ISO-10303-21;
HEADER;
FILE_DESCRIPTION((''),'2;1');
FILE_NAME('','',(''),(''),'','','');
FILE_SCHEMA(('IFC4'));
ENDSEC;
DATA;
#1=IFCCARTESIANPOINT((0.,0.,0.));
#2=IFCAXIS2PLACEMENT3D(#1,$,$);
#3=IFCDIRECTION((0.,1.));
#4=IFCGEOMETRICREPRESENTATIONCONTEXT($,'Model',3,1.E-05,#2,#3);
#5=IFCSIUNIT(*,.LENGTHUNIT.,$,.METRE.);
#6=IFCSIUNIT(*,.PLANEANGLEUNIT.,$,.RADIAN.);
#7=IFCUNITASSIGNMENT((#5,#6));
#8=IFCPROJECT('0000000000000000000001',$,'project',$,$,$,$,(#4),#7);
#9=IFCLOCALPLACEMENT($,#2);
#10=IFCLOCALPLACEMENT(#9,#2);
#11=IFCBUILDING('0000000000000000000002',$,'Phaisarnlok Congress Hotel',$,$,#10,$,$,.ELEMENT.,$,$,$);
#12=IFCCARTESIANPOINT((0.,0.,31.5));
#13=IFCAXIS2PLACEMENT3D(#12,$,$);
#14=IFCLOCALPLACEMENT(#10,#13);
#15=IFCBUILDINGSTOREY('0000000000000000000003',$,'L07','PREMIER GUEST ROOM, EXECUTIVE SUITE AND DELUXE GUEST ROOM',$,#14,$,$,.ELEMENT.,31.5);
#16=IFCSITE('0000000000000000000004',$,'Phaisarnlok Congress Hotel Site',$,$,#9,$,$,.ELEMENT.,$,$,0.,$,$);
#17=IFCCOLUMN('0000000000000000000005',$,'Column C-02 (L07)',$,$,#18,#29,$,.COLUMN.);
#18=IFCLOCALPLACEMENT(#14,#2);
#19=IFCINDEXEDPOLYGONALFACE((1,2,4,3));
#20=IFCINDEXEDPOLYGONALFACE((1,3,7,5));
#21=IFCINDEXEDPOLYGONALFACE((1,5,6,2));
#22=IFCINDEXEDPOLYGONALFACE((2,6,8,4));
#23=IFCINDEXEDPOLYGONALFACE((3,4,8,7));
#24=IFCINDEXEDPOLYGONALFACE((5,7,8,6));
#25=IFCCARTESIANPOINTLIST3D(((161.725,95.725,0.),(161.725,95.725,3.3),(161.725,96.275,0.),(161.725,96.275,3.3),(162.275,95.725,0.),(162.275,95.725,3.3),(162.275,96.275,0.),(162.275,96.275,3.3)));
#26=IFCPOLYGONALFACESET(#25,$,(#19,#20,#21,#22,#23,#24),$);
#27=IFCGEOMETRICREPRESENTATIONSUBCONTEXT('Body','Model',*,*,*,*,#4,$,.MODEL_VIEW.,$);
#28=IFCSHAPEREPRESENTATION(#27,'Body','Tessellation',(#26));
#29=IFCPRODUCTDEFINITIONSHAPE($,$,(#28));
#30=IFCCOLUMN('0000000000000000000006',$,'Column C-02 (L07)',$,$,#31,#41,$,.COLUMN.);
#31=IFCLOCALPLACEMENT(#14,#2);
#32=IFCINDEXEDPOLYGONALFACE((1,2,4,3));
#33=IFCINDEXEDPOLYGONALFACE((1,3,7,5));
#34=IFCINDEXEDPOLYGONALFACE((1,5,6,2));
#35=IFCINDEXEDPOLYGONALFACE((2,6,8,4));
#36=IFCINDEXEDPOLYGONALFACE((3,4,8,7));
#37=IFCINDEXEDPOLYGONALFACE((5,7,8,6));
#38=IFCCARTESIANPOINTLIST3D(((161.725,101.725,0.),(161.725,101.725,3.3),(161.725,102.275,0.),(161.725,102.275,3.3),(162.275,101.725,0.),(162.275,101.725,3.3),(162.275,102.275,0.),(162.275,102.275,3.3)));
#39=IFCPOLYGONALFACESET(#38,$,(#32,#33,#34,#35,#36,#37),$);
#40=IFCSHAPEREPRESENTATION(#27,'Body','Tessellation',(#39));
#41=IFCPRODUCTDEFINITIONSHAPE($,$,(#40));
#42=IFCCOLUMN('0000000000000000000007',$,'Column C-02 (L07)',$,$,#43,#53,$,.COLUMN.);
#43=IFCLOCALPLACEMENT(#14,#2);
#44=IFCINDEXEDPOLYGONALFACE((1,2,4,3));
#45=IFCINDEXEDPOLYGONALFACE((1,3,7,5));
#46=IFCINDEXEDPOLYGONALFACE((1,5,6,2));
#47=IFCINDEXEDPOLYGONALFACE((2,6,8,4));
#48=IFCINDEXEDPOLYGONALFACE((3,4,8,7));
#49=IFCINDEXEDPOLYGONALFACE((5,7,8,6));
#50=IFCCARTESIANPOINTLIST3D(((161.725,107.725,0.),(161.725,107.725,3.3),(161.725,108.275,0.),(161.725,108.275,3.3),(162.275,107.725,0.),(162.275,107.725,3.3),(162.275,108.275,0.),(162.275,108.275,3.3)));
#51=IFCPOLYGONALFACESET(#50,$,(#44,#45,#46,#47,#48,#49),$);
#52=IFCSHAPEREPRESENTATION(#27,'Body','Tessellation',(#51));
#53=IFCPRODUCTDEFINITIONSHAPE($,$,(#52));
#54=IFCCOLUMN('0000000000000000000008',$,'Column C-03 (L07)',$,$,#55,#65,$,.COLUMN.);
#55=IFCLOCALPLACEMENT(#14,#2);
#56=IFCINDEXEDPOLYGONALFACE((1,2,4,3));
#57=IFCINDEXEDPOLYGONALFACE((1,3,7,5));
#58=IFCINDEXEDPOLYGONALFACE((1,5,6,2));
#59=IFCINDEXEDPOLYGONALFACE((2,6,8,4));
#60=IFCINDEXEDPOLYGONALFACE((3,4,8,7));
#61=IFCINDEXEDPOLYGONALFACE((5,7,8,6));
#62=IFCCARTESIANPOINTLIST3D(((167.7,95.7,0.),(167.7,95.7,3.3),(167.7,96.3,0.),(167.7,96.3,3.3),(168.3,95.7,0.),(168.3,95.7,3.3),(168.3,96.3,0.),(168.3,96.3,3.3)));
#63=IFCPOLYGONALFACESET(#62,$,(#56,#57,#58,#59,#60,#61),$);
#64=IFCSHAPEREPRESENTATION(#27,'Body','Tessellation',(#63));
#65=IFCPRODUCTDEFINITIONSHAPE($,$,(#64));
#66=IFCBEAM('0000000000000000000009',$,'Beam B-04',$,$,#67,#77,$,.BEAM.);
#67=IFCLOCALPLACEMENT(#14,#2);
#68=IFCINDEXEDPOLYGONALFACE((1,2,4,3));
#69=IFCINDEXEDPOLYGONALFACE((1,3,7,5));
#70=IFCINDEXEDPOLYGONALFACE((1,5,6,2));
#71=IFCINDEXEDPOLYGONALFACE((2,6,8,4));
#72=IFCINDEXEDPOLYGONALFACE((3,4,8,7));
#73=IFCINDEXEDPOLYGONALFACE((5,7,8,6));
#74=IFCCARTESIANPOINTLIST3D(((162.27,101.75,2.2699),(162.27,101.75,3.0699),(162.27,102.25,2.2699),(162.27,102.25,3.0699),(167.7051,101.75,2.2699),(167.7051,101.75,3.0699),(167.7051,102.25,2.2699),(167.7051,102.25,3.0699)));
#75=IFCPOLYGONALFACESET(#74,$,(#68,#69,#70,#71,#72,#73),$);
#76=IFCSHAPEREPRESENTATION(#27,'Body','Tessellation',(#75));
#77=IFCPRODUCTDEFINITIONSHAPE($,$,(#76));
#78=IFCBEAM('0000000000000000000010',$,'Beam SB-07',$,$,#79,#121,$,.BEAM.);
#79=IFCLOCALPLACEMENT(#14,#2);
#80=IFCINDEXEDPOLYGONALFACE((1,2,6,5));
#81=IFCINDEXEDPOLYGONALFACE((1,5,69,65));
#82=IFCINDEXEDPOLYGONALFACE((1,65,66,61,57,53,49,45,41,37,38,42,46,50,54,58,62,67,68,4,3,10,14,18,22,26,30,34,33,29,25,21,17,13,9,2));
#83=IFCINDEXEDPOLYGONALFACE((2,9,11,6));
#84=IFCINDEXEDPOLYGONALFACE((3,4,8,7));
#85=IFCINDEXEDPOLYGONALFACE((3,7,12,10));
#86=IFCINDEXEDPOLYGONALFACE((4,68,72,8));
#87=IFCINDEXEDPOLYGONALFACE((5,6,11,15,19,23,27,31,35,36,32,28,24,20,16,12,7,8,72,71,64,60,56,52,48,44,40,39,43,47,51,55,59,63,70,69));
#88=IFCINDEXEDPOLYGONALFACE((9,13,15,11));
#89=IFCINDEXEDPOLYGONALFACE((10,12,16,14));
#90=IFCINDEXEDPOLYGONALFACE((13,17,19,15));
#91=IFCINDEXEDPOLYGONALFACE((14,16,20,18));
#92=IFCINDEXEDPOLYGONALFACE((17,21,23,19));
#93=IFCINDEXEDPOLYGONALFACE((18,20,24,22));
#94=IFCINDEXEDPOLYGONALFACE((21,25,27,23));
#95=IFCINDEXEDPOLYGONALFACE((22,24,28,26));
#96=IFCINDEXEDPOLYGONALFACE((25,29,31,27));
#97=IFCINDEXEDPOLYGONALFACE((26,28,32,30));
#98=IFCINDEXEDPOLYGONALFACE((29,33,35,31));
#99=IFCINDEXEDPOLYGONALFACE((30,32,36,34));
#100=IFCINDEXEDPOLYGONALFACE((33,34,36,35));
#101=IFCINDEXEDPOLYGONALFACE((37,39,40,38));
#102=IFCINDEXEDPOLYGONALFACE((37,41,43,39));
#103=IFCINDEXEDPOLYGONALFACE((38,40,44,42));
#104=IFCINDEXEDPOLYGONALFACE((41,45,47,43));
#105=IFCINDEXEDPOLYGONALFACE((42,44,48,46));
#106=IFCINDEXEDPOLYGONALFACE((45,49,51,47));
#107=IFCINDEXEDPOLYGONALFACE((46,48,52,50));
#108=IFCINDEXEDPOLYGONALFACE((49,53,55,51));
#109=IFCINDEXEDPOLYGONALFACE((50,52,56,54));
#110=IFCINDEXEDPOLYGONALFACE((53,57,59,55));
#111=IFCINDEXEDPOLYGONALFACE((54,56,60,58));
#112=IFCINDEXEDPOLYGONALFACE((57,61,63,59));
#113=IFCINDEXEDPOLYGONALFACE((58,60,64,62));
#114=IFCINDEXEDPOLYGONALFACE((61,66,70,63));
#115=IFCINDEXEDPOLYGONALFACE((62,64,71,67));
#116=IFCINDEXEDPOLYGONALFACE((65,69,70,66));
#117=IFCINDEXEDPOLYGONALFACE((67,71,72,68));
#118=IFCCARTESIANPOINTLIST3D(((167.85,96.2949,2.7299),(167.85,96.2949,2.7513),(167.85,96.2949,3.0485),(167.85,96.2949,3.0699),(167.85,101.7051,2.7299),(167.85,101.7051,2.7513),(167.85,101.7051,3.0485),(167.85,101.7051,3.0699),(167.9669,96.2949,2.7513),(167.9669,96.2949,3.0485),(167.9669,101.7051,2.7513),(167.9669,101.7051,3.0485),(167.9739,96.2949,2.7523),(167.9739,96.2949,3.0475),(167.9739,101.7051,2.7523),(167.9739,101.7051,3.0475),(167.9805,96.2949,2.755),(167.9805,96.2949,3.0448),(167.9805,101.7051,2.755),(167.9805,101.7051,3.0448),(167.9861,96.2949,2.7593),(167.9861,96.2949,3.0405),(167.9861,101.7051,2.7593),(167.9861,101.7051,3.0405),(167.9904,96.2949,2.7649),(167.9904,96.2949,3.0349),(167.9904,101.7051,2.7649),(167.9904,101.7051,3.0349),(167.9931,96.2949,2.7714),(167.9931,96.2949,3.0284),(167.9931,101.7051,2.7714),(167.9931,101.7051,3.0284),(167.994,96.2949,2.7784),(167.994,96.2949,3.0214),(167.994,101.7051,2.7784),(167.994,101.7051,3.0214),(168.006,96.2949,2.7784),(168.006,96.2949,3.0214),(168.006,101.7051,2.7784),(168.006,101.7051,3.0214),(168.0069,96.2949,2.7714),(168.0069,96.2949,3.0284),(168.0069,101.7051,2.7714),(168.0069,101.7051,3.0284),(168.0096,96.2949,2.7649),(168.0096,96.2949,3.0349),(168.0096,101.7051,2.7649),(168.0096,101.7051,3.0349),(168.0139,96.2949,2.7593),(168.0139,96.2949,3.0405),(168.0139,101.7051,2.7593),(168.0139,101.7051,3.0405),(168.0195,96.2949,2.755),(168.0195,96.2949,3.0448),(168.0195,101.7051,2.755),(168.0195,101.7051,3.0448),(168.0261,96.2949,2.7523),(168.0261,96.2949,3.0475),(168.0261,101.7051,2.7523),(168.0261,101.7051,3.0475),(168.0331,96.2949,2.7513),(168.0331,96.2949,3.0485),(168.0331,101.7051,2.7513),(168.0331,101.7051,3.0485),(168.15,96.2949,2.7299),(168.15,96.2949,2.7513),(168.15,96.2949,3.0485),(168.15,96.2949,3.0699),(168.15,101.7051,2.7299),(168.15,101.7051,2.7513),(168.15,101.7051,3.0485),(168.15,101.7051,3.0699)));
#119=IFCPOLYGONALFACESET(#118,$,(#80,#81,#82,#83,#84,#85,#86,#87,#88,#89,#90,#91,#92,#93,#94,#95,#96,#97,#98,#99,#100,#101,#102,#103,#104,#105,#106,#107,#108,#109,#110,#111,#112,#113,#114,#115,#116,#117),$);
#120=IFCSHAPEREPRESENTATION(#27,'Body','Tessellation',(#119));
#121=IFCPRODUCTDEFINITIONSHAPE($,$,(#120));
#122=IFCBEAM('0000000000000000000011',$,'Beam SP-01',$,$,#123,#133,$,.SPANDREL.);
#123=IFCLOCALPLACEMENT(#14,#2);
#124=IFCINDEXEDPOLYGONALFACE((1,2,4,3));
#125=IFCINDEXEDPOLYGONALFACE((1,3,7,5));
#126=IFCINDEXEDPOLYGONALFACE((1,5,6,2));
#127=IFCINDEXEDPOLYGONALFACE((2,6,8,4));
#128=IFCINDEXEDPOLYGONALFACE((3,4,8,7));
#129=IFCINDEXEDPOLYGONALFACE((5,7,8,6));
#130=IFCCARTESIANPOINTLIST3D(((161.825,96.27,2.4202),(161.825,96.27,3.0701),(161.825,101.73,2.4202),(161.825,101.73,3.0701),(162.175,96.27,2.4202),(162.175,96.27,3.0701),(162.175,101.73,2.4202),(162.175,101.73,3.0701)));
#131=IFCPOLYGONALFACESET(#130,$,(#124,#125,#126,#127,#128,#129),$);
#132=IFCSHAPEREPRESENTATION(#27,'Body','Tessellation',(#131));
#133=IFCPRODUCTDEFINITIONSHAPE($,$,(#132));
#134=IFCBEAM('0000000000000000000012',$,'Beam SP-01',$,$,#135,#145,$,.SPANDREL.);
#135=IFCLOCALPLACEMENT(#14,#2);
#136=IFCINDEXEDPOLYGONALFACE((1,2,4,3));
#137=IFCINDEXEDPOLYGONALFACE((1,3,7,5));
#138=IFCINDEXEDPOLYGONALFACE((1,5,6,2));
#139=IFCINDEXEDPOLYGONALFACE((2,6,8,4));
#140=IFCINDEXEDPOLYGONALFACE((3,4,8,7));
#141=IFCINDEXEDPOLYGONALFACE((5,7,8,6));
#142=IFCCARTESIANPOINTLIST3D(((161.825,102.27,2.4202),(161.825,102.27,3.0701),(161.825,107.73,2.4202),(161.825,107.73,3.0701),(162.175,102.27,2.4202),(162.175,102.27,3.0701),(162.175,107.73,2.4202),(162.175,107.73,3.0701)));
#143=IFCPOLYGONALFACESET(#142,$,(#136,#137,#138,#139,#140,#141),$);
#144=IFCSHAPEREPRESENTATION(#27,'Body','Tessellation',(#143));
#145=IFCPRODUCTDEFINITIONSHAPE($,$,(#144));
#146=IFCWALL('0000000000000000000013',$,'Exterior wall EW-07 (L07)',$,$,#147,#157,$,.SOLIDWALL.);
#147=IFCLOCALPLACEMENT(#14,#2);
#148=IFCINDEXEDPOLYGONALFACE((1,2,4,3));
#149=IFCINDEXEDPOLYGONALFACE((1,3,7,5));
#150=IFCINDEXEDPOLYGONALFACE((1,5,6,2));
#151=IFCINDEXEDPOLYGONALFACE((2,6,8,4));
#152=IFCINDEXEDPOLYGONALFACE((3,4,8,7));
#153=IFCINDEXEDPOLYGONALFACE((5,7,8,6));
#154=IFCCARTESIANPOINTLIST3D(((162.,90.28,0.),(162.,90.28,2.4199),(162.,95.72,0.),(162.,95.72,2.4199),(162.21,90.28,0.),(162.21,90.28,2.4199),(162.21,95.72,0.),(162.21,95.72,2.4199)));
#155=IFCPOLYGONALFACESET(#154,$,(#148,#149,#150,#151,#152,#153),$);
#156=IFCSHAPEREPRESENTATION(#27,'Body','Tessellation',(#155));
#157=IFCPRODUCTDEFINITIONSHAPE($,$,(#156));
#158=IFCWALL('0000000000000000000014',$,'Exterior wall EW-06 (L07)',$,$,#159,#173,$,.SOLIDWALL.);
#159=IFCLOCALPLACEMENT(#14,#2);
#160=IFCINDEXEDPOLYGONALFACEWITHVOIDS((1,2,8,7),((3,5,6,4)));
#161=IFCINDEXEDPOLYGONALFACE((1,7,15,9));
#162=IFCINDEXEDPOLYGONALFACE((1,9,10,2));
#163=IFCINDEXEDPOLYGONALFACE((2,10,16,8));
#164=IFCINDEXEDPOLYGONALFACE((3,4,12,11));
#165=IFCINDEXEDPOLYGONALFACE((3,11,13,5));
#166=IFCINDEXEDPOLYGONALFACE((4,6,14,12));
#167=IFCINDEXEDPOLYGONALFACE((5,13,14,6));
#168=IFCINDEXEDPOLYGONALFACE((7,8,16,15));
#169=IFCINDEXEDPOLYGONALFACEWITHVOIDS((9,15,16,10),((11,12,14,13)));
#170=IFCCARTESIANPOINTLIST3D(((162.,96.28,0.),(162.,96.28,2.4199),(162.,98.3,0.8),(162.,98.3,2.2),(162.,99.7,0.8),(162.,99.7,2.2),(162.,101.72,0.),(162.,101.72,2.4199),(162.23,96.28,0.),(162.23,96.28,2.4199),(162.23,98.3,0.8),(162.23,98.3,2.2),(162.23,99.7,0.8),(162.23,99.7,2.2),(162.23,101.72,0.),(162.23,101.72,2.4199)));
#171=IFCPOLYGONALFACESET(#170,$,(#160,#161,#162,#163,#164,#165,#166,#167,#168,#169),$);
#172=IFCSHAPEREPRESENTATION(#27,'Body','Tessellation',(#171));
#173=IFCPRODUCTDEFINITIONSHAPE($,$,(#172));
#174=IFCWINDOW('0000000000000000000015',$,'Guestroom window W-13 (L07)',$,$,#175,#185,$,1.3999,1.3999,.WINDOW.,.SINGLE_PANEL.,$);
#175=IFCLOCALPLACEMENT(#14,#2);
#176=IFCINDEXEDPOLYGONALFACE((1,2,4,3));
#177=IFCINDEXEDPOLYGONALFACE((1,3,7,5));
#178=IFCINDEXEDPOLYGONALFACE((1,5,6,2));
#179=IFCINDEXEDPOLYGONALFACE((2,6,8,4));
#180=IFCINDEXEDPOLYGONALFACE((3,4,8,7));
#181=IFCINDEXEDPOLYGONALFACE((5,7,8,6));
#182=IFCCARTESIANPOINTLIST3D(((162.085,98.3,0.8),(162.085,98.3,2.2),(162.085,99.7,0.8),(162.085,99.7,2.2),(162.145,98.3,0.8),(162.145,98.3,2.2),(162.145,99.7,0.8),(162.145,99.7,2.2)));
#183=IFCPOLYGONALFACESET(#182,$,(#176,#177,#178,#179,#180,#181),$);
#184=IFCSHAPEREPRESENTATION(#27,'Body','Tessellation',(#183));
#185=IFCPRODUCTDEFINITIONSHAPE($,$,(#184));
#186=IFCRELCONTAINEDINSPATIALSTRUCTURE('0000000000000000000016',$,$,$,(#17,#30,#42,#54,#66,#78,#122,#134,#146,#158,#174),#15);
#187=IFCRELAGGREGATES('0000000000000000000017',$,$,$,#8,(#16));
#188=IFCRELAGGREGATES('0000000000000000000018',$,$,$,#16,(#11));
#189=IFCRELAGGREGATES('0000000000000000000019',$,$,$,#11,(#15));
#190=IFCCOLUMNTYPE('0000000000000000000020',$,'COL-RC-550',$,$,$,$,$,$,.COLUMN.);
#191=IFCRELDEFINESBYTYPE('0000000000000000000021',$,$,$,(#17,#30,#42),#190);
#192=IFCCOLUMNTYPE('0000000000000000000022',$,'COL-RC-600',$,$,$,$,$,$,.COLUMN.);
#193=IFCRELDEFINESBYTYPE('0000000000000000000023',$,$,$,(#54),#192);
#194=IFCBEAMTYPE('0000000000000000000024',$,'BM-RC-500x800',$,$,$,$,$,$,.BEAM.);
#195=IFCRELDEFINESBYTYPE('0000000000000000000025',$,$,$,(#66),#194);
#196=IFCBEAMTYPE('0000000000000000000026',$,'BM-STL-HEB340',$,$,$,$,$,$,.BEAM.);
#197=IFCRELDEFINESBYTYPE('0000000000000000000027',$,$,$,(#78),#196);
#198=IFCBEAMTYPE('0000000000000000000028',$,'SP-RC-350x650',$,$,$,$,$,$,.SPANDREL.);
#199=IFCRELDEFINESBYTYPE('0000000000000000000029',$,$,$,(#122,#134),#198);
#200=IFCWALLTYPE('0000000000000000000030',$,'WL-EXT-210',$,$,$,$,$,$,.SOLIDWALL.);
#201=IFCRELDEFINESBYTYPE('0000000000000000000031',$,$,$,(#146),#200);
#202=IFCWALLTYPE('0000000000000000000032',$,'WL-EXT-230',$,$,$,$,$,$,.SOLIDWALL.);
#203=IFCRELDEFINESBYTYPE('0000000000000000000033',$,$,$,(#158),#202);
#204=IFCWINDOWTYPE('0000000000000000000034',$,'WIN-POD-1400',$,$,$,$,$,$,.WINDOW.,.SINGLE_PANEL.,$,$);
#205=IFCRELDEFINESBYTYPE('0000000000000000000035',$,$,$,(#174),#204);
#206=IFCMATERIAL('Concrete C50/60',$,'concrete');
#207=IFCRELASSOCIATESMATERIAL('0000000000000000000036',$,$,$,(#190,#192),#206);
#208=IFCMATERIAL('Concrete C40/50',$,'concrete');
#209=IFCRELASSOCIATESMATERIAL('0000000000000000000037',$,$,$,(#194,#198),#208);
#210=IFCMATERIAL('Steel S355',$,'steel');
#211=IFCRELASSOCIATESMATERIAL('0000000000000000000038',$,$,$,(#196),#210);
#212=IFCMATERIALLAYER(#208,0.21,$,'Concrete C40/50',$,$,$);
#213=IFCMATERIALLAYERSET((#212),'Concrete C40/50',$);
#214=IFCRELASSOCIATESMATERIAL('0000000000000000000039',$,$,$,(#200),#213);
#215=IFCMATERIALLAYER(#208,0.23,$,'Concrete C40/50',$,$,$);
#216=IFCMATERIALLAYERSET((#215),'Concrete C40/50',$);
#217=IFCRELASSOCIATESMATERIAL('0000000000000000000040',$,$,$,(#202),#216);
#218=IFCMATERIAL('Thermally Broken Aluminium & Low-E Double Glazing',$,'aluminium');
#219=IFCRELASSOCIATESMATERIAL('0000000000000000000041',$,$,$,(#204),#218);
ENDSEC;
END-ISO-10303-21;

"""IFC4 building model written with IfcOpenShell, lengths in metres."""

from ifc_helpers import new_model, si_unit, direction, frame, frame_2d, origin, origin_2d, place, context, subcontext, project, spatial, rectangle, i_section, extrude, material, layer, layer_set, material_profile, profile_set, type_object, element, fill, save


model = new_model("IFC4")

# Units and contexts
model_context = context("Model", 3, precision=1e-05, world=origin(), true_north=direction((0.0, 1.0)))
body_context = subcontext(model_context, "Body", "Model", "MODEL_VIEW")
ifc_project = project(units=[si_unit("LENGTHUNIT", "METRE"), si_unit("PLANEANGLEUNIT", "RADIAN")], contexts=[model_context])

# Site, building, storey
site_placement = place(None, origin())
site = spatial("IfcSite", under=ifc_project, at=site_placement, Name="Phaisarnlok Congress Hotel Site", CompositionType="ELEMENT", RefElevation=0.0)
building_placement = place(site_placement, origin())
building = spatial("IfcBuilding", under=site, at=building_placement, Name="Phaisarnlok Congress Hotel", CompositionType="ELEMENT")
storey_placement = place(building_placement, frame((0.0, 0.0, 31.5)))
storey = spatial("IfcBuildingStorey", under=building, at=storey_placement, Name="L07", Description="PREMIER GUEST ROOM, EXECUTIVE SUITE AND DELUXE GUEST ROOM", CompositionType="ELEMENT", Elevation=31.5)

# Columns
ifc_material_1 = material(Name="Concrete C50/60", Category="concrete")
ifc_material_profile_1 = material_profile(ifc_material_1, rectangle(XDim=0.55, YDim=0.55, at=origin_2d()), Name="RC 550x550")
ifc_profile_set_1 = profile_set([ifc_material_profile_1], Name="Concrete C50/60")
column_type_1 = type_object("IfcColumnType", Name="COL-RC-550", PredefinedType="COLUMN", material=ifc_profile_set_1)
for number, where, z_axis, x_axis, name in (
    (1, (162.0, 96.0, 0.0), (0.0, 0.0, 1.0), (1.0, 0.0, 0.0), "Column C-02 (L07)"),
    (2, (162.0, 102.0, 0.0), (0.0, 0.0, 1.0), (1.0, 0.0, 0.0), "Column C-02 (L07)"),
    (3, (162.0, 108.0, 0.0), (0.0, 0.0, 1.0), (1.0, 0.0, 0.0), "Column C-02 (L07)"),
):
    element("IfcColumn", number, at=place(storey_placement, frame(where, z_axis=z_axis, x_axis=x_axis)), inside=storey, type_object=column_type_1, Name=name, PredefinedType="COLUMN", context=body_context, shape_type="SweptSolid", body=[
        extrude(rectangle(XDim=0.55, YDim=0.55, at=origin_2d()), origin(), (0.0, 0.0, 1.0), 3.3),
    ])
ifc_material_profile_2 = material_profile(ifc_material_1, rectangle(XDim=0.6001, YDim=0.6001, at=origin_2d()), Name="RC 600x600")
ifc_profile_set_2 = profile_set([ifc_material_profile_2], Name="Concrete C50/60")
column_type_2 = type_object("IfcColumnType", Name="COL-RC-600", PredefinedType="COLUMN", material=ifc_profile_set_2)
column_placement = place(storey_placement, frame((168.0, 96.0, 0.0), z_axis=(0.0, 0.0, 1.0), x_axis=(1.0, 0.0, 0.0)))
element("IfcColumn", 4, at=column_placement, inside=storey, type_object=column_type_2, Name="Column C-03 (L07)", PredefinedType="COLUMN", context=body_context, shape_type="SweptSolid", body=[
    extrude(rectangle(XDim=0.6001, YDim=0.6001, at=origin_2d()), origin(), (0.0, 0.0, 1.0), 3.3),
])

# Beams
ifc_material_2 = material(Name="Concrete C40/50", Category="concrete")
ifc_material_profile_3 = material_profile(ifc_material_2, rectangle(XDim=0.5, YDim=0.8, at=origin_2d()), Name="RC 500x800")
ifc_profile_set_3 = profile_set([ifc_material_profile_3], Name="Concrete C40/50")
beam_type_1 = type_object("IfcBeamType", Name="BM-RC-500x800", PredefinedType="BEAM", material=ifc_profile_set_3)
beam_1_placement = place(storey_placement, frame((162.27, 102.0, 2.6699), z_axis=(1.0, 0.0, 0.0), x_axis=(0.0, 1.0, 0.0)))
element("IfcBeam", 5, at=beam_1_placement, inside=storey, type_object=beam_type_1, Name="Beam B-04", PredefinedType="BEAM", context=body_context, shape_type="SweptSolid", body=[
    extrude(rectangle(XDim=0.5, YDim=0.8, at=origin_2d()), origin(), (0.0, 0.0, 1.0), 5.4351),
])
ifc_material_3 = material(Name="Steel S355", Category="steel")
ifc_material_profile_4 = material_profile(ifc_material_3, i_section(OverallWidth=0.3, OverallDepth=0.3401, WebThickness=0.012, FlangeThickness=0.0215, FilletRadius=0.0271, at=origin_2d()), Name="HEB 340")
ifc_profile_set_4 = profile_set([ifc_material_profile_4], Name="Steel S355")
beam_type_2 = type_object("IfcBeamType", Name="BM-STL-HEB340", PredefinedType="BEAM", material=ifc_profile_set_4)
beam_2_placement = place(storey_placement, frame((168.0, 96.2949, 2.8999), z_axis=(0.0, 1.0, 0.0), x_axis=(-1.0, 0.0, 0.0)))
element("IfcBeam", 6, at=beam_2_placement, inside=storey, type_object=beam_type_2, Name="Beam SB-07", PredefinedType="BEAM", context=body_context, shape_type="SweptSolid", body=[
    extrude(i_section(OverallWidth=0.3, OverallDepth=0.3401, WebThickness=0.012, FlangeThickness=0.0215, FilletRadius=0.0271, at=origin_2d()), origin(), (0.0, 0.0, 1.0), 5.4102),
])
ifc_material_profile_5 = material_profile(ifc_material_2, rectangle(XDim=0.3501, YDim=0.6499, at=origin_2d()), Name="RC 350x650")
ifc_profile_set_5 = profile_set([ifc_material_profile_5], Name="Concrete C40/50")
beam_type_3 = type_object("IfcBeamType", Name="SP-RC-350x650", PredefinedType="SPANDREL", material=ifc_profile_set_5)
for number, where, z_axis, x_axis, name in (
    (7, (162.0, 96.27, 2.7451), (0.0, 1.0, 0.0), (-1.0, 0.0, 0.0), "Beam SP-01"),
    (8, (162.0, 102.27, 2.7451), (0.0, 1.0, 0.0), (-1.0, 0.0, 0.0), "Beam SP-01"),
):
    element("IfcBeam", number, at=place(storey_placement, frame(where, z_axis=z_axis, x_axis=x_axis)), inside=storey, type_object=beam_type_3, Name=name, PredefinedType="SPANDREL", context=body_context, shape_type="SweptSolid", body=[
        extrude(rectangle(XDim=0.3501, YDim=0.6499, at=origin_2d()), origin(), (0.0, 0.0, 1.0), 5.46),
    ])

# Wall
ifc_layer_1 = layer(ifc_material_2, 0.21, Name="Concrete C40/50")
ifc_layer_set_1 = layer_set([ifc_layer_1], Name="Concrete C40/50")
wall_type_1 = type_object("IfcWallType", Name="WL-EXT-210", PredefinedType="SOLIDWALL", material=ifc_layer_set_1)
wall_1_placement = place(storey_placement, frame((162.105, 95.72, 0.0), z_axis=(0.0, 0.0, 1.0), x_axis=(0.0, -1.0, 0.0)))
element("IfcWall", 9, at=wall_1_placement, inside=storey, type_object=wall_type_1, Name="Exterior wall EW-07 (L07)", PredefinedType="SOLIDWALL", context=body_context, shape_type="SweptSolid", body=[
    extrude(rectangle(XDim=5.4399, YDim=0.21, at=frame_2d((2.72, 0.0))), origin(), (0.0, 0.0, 1.0), 2.4199),
])

# Wall, opening, window
ifc_layer_2 = layer(ifc_material_2, 0.23, Name="Concrete C40/50")
ifc_layer_set_2 = layer_set([ifc_layer_2], Name="Concrete C40/50")
wall_type_2 = type_object("IfcWallType", Name="WL-EXT-230", PredefinedType="SOLIDWALL", material=ifc_layer_set_2)
wall_2_placement = place(storey_placement, frame((162.115, 101.72, 0.0), z_axis=(0.0, 0.0, 1.0), x_axis=(0.0, -1.0, 0.0)))
wall_2 = element("IfcWall", 10, at=wall_2_placement, inside=storey, type_object=wall_type_2, Name="Exterior wall EW-06 (L07)", PredefinedType="SOLIDWALL", context=body_context, shape_type="SweptSolid", body=[
    extrude(rectangle(XDim=5.4399, YDim=0.23, at=frame_2d((2.72, 0.0))), origin(), (0.0, 0.0, 1.0), 2.4199),
])
opening_1_placement = place(wall_2_placement, frame((2.02, 0.0, 0.8)))
opening_1 = element("IfcOpeningElement", 11, at=opening_1_placement, cuts=wall_2, PredefinedType="OPENING", context=body_context, shape_type="SweptSolid", body=[
    extrude(rectangle(XDim=1.3999, YDim=1.3999, at=frame_2d((0.7, 0.7))), frame((0.0, 0.125, 0.0), z_axis=(0.0, -1.0, 0.0), x_axis=(1.0, 0.0, 0.0)), (0.0, 0.0, 1.0), 0.25),
])
ifc_material_4 = material(Name="Thermally Broken Aluminium & Low-E Double Glazing", Category="aluminium")
window_type = type_object("IfcWindowType", Name="WIN-POD-1400", PartitioningType="SINGLE_PANEL", PredefinedType="WINDOW", material=ifc_material_4)
window_1_placement = place(opening_1_placement, origin())
window_1 = element("IfcWindow", 12, at=window_1_placement, inside=storey, type_object=window_type, Name="Guestroom window W-13 (L07)", OverallHeight=1.3999, OverallWidth=1.3999, PartitioningType="SINGLE_PANEL", PredefinedType="WINDOW", context=body_context, shape_type="SweptSolid", body=[
    extrude(rectangle(XDim=1.3999, YDim=1.3999, at=frame_2d((0.7, 0.7))), frame((0.0, 0.03, 0.0), z_axis=(0.0, -1.0, 0.0), x_axis=(1.0, 0.0, 0.0)), (0.0, 0.0, 1.0), 0.0601),
])
fill(opening_1, window_1)

save(model, "model.ifc")
